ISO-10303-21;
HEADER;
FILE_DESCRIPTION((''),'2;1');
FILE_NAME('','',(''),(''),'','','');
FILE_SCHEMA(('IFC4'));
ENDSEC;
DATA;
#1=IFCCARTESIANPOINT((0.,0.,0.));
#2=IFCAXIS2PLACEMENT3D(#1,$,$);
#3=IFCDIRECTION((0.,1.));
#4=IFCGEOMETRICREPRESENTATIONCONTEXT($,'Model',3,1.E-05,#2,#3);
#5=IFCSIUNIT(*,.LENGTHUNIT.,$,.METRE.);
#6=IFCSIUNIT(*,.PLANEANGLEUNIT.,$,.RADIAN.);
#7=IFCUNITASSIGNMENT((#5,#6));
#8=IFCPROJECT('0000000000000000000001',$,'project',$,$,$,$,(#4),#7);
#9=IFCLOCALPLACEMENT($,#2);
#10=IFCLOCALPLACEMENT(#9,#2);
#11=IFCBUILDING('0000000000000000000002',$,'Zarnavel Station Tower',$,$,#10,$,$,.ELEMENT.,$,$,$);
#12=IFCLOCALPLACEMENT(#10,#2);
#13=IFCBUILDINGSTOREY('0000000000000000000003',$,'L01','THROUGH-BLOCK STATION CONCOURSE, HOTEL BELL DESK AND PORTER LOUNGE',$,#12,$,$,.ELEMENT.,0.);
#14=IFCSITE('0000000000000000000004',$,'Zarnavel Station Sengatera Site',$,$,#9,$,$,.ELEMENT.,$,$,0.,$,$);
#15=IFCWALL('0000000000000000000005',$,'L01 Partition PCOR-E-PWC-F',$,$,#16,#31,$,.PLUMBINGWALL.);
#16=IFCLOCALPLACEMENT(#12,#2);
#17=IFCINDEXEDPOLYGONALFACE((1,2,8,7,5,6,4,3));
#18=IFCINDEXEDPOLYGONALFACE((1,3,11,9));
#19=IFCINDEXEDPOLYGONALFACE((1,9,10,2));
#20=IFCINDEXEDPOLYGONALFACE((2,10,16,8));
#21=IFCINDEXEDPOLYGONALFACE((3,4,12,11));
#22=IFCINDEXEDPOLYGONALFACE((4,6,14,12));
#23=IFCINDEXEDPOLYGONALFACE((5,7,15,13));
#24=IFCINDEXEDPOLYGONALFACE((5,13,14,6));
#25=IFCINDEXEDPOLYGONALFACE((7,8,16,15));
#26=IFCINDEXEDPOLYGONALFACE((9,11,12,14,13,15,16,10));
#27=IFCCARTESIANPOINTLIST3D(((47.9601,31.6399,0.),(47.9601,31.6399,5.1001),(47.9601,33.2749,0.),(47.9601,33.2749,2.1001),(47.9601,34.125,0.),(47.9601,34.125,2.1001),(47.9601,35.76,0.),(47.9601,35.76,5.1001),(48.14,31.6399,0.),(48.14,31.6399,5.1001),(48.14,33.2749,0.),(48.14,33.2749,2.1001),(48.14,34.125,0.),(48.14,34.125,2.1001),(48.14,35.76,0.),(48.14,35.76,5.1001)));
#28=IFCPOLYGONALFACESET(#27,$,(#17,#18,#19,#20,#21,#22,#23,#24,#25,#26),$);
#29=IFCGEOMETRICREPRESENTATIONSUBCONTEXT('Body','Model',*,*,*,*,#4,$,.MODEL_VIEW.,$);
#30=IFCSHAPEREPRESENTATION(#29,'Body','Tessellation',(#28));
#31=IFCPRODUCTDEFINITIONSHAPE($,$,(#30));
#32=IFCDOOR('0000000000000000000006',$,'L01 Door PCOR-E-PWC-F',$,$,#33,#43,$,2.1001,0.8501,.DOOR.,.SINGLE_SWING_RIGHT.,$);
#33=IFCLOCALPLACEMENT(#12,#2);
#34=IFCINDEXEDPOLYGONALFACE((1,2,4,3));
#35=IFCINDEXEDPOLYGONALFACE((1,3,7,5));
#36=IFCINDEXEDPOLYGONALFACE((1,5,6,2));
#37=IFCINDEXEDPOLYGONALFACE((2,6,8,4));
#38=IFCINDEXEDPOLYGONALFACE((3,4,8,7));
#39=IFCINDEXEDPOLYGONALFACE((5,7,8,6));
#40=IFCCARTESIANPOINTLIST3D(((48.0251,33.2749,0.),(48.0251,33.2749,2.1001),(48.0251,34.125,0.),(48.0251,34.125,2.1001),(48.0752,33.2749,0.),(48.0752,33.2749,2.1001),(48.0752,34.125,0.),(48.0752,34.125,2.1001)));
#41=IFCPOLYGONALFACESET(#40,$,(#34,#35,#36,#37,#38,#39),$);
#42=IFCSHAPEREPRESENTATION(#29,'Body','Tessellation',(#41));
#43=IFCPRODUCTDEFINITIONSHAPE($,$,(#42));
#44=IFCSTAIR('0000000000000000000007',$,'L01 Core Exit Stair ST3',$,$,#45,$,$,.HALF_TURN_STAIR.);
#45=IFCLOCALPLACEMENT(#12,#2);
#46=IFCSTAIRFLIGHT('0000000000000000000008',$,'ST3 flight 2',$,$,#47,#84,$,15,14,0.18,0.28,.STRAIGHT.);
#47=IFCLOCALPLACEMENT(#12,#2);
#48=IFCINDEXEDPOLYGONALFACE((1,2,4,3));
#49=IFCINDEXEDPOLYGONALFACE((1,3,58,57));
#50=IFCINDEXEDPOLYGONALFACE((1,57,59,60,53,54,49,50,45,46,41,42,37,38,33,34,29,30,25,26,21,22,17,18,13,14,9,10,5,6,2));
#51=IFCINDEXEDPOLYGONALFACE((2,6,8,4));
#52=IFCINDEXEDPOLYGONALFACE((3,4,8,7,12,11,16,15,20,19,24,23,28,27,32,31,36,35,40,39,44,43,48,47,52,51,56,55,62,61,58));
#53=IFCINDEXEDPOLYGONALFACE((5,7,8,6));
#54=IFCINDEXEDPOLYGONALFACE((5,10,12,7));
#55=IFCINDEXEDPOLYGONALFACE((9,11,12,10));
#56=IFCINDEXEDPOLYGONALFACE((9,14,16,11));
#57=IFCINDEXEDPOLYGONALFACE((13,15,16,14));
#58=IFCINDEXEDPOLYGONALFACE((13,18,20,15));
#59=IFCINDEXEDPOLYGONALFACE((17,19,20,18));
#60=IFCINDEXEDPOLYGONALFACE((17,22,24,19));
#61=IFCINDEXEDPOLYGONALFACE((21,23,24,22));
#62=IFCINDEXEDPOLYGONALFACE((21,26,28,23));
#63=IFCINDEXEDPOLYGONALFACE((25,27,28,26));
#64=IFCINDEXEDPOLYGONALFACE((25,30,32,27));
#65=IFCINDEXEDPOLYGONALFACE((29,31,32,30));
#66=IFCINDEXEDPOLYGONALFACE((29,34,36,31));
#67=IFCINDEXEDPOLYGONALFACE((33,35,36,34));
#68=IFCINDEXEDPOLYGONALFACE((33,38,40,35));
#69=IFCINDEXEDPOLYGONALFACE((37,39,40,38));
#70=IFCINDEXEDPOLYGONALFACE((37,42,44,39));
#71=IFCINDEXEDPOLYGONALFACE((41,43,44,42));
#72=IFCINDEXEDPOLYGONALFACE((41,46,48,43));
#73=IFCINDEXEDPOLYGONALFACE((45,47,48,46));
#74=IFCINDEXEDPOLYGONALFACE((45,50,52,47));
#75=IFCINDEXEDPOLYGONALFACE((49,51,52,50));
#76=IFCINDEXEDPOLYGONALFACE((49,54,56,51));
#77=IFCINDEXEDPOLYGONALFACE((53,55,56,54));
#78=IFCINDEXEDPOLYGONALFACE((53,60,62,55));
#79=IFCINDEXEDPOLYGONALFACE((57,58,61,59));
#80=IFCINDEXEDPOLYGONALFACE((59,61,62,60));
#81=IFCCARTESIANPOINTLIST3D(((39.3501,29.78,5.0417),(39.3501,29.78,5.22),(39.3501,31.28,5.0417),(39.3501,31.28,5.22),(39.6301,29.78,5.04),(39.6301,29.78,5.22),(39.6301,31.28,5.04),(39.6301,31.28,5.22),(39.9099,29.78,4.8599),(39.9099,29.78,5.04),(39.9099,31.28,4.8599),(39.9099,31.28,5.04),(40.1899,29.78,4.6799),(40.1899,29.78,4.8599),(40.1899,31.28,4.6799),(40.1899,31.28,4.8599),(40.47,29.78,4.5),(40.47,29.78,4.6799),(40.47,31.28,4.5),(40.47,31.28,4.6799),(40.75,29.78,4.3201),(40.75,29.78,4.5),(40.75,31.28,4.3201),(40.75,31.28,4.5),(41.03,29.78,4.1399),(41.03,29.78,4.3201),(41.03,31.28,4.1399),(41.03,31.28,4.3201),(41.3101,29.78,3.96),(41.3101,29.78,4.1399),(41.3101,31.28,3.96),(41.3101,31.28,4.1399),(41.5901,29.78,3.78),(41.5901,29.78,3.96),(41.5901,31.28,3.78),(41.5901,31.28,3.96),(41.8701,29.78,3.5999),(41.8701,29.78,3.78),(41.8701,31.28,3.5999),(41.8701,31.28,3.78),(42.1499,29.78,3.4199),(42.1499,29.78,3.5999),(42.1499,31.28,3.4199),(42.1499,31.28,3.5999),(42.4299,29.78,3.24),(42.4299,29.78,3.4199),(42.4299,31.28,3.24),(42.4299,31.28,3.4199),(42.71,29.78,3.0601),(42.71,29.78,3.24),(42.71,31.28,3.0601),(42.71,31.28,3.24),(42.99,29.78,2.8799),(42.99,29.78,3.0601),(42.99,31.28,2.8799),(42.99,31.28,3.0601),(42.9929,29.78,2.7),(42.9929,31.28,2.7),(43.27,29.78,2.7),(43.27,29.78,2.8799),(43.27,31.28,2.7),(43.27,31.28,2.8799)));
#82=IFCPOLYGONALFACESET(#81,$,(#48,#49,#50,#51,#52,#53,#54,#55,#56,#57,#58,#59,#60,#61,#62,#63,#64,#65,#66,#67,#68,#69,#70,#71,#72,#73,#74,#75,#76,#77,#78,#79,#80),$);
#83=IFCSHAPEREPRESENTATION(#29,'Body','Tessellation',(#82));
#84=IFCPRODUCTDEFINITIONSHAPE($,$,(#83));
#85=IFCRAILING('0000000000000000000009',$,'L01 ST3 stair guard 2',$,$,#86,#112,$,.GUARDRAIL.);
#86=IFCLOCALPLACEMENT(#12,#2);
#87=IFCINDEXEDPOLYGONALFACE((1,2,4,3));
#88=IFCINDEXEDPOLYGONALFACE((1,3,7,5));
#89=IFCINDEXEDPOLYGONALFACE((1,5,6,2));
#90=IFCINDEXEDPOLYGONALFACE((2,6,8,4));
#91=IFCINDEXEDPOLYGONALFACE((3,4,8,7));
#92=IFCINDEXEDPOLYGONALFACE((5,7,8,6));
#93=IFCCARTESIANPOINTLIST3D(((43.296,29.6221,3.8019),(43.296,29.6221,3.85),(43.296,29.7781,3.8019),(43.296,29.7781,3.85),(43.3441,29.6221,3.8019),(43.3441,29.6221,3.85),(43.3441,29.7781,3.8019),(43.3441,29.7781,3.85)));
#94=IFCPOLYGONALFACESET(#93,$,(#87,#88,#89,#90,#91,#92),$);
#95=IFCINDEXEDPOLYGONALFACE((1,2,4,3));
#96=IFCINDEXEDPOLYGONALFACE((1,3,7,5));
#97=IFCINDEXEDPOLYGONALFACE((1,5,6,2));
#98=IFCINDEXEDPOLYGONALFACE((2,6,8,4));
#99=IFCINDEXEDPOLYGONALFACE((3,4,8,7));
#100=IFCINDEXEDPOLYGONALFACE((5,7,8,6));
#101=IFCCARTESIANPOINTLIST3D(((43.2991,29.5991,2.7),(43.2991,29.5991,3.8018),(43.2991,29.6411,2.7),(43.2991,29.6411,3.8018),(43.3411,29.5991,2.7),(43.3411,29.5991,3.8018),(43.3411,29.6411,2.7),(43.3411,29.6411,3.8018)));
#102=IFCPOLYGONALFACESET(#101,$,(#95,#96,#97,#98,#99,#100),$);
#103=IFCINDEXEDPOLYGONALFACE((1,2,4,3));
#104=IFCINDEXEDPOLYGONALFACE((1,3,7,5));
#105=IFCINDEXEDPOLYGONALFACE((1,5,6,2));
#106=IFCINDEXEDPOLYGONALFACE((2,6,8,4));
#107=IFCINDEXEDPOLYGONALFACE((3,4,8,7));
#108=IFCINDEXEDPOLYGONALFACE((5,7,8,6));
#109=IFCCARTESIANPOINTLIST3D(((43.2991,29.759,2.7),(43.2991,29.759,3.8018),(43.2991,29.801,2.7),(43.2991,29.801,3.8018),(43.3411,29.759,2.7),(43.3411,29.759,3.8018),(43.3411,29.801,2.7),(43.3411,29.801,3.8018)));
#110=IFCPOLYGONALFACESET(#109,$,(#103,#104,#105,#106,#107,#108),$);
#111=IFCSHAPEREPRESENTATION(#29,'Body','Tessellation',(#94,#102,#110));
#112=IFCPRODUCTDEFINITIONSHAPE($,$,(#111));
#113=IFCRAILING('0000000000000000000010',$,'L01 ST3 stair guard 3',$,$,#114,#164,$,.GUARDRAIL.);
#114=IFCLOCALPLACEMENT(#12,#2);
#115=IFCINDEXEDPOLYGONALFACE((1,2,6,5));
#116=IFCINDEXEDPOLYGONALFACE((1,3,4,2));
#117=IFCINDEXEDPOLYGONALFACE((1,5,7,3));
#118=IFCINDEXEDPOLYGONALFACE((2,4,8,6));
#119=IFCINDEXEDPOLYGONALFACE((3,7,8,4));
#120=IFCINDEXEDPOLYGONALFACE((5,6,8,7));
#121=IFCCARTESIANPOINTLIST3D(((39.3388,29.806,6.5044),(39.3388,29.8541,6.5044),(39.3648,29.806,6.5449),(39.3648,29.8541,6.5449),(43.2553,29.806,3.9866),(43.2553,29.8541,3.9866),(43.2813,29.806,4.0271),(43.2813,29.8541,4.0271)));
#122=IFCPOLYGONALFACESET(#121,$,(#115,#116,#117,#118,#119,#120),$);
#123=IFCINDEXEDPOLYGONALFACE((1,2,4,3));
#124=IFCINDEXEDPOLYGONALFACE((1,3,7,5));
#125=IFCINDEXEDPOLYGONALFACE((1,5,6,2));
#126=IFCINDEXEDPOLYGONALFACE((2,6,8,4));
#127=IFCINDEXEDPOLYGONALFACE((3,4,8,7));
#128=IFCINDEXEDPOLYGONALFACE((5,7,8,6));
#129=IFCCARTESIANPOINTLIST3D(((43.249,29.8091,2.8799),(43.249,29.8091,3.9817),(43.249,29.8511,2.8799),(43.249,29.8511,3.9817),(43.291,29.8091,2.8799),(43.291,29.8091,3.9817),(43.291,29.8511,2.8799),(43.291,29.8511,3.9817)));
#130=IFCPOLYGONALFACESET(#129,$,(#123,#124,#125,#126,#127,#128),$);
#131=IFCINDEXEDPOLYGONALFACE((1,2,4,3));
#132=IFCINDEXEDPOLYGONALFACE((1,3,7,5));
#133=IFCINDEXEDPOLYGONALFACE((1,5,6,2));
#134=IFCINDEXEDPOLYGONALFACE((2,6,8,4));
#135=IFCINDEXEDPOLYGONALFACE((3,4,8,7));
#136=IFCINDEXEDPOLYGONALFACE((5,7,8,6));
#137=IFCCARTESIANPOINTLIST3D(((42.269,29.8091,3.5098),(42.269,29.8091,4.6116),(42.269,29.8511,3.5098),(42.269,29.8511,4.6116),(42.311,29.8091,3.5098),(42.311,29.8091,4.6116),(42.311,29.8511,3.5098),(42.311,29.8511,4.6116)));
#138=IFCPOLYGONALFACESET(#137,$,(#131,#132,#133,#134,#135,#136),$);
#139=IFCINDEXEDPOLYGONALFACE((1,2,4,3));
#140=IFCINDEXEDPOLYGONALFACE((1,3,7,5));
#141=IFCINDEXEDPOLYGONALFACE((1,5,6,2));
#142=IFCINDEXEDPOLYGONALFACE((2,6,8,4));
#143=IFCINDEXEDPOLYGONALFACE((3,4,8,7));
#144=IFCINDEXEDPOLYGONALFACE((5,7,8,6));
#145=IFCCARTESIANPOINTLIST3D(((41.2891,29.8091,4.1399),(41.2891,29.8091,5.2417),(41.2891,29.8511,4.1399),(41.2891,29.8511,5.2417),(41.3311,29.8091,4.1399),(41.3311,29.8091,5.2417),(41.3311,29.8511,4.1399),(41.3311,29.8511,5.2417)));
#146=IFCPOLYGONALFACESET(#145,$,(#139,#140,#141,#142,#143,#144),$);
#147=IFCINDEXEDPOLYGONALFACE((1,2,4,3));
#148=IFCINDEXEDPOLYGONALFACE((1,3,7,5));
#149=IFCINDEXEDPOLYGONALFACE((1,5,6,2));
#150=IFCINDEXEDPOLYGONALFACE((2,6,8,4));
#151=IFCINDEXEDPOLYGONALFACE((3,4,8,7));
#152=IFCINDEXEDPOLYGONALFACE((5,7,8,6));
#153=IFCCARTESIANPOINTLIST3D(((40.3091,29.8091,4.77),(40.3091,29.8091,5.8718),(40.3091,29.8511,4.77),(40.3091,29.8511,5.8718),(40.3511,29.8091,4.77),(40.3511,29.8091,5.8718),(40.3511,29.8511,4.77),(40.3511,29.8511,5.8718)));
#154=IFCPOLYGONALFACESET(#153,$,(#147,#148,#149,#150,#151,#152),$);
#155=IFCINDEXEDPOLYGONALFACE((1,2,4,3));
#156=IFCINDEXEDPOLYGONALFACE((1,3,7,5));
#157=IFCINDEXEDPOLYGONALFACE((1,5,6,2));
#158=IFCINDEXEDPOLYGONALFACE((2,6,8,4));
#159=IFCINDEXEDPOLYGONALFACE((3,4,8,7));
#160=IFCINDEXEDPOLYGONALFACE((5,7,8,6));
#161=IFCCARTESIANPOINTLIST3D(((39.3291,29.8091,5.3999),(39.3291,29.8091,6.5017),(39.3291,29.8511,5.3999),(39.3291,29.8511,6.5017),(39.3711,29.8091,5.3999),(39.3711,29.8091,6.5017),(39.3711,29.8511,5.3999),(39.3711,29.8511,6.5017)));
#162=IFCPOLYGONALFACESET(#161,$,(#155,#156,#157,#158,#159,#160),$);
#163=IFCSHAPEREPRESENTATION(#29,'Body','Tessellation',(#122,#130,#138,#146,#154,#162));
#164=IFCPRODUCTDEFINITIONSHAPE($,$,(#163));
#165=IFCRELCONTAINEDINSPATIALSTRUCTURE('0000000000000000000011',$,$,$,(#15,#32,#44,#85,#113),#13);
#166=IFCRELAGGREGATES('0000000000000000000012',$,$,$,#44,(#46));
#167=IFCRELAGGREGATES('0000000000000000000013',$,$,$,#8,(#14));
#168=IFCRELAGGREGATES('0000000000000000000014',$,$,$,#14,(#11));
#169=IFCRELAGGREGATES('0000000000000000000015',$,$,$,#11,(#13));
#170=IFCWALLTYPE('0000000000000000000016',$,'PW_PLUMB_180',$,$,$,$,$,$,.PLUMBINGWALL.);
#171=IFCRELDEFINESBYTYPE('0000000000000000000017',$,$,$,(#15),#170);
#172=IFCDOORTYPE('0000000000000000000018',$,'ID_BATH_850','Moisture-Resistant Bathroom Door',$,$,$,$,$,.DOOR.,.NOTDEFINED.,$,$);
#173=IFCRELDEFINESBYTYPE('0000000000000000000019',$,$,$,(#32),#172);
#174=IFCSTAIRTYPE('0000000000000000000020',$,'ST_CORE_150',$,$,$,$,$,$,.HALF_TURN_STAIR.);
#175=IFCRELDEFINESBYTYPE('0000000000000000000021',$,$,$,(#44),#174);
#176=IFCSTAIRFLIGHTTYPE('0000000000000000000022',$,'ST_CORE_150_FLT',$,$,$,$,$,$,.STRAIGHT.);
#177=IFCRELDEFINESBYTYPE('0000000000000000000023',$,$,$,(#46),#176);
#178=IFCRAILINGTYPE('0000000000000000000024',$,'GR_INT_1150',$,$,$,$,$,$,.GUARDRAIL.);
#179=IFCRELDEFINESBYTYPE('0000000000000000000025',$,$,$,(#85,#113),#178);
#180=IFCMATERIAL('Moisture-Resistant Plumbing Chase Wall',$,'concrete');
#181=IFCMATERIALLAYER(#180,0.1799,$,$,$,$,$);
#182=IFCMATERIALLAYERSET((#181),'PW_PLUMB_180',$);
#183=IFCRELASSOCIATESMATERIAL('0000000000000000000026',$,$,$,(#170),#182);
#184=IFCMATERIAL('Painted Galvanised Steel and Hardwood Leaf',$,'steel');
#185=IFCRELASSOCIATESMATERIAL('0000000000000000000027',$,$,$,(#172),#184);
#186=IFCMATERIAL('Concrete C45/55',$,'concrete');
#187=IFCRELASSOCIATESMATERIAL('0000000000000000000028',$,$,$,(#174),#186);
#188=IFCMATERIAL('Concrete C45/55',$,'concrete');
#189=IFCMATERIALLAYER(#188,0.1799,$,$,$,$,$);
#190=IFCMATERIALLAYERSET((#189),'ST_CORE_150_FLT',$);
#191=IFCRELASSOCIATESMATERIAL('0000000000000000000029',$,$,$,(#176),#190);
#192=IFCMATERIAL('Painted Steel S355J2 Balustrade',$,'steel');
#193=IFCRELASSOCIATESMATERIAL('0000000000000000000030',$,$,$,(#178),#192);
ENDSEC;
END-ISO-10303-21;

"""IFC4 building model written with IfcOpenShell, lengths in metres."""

from ifc_helpers import new_model, si_unit, direction, frame, frame_2d, origin, origin_2d, place, context, subcontext, project, spatial, polyline, rectangle, outline, extrude, material, layer, layer_set, type_object, element, fill, aggregate, save


model = new_model("IFC4")

# Units and contexts
model_context = context("Model", 3, precision=1e-05, world=origin(), true_north=direction((0.0, 1.0)))
body_context = subcontext(model_context, "Body", "Model", "MODEL_VIEW")
ifc_project = project(units=[si_unit("LENGTHUNIT", "METRE"), si_unit("PLANEANGLEUNIT", "RADIAN")], contexts=[model_context])

# Site, building, storey
site_placement = place(None, origin())
site = spatial("IfcSite", under=ifc_project, at=site_placement, Name="Zarnavel Station Sengatera Site", CompositionType="ELEMENT", RefElevation=0.0)
building_placement = place(site_placement, origin())
building = spatial("IfcBuilding", under=site, at=building_placement, Name="Zarnavel Station Tower", CompositionType="ELEMENT")
storey_placement = place(building_placement, origin())
storey = spatial("IfcBuildingStorey", under=building, at=storey_placement, Name="L01", Description="THROUGH-BLOCK STATION CONCOURSE, HOTEL BELL DESK AND PORTER LOUNGE", CompositionType="ELEMENT", Elevation=0.0)

# Wall, opening, door
ifc_material_1 = material(Name="Moisture-Resistant Plumbing Chase Wall", Category="concrete")
ifc_layer_1 = layer(ifc_material_1, 0.1799)
ifc_layer_set_1 = layer_set([ifc_layer_1], Name="PW_PLUMB_180")
wall_type_1 = type_object("IfcWallType", Name="PW_PLUMB_180", PredefinedType="PLUMBINGWALL", material=ifc_layer_set_1)
ifc_material_2 = material(Name="Painted Galvanised Steel and Hardwood Leaf", Category="steel")
door_type_1 = type_object("IfcDoorType", Name="ID_BATH_850", Description="Moisture-Resistant Bathroom Door", OperationType="NOTDEFINED", PredefinedType="DOOR", material=ifc_material_2)
wall_1_placement = place(storey_placement, frame((48.05, 31.6399, 0.0), z_axis=(0.0, 0.0, 1.0), x_axis=(0.0, 1.0, 0.0)))
wall_1 = element("IfcWall", 1, at=wall_1_placement, inside=storey, type_object=wall_type_1, Name="L01 Partition PCOR-E-PWC-F", PredefinedType="PLUMBINGWALL", context=body_context, shape_type="SweptSolid", body=[
    extrude(rectangle(XDim=4.1201, YDim=0.1799, at=frame_2d((2.0601, 0.0))), origin(), (0.0, 0.0, 1.0), 5.1001),
])
opening_1_placement = place(wall_1_placement, frame((1.635, 0.0, 0.0)))
opening_1 = element("IfcOpeningElement", 2, at=opening_1_placement, cuts=wall_1, PredefinedType="OPENING", context=body_context, shape_type="SweptSolid", body=[
    extrude(rectangle(XDim=0.8501, YDim=2.1001, at=frame_2d((0.425, 1.05))), frame((0.0, 0.0999, 0.0), z_axis=(0.0, -1.0, 0.0), x_axis=(1.0, 0.0, 0.0)), (0.0, 0.0, 1.0), 0.2),
])
door_1_placement = place(opening_1_placement, origin())
door_1 = element("IfcDoor", 3, at=door_1_placement, inside=storey, type_object=door_type_1, Name="L01 Door PCOR-E-PWC-F", OperationType="SINGLE_SWING_RIGHT", OverallHeight=2.1001, OverallWidth=0.8501, PredefinedType="DOOR", context=body_context, shape_type="SweptSolid", body=[
    extrude(rectangle(XDim=0.8501, YDim=2.1001, at=frame_2d((0.425, 1.05))), frame((0.0, 0.0249, 0.0), z_axis=(0.0, -1.0, 0.0), x_axis=(1.0, 0.0, 0.0)), (0.0, 0.0, 1.0), 0.05),
])
fill(opening_1, door_1)

# Stair, stair flight
ifc_material_3 = material(Name="Concrete C45/55", Category="concrete")
stair_type = type_object("IfcStairType", Name="ST_CORE_150", PredefinedType="HALF_TURN_STAIR", material=ifc_material_3)
stair_placement = place(storey_placement, origin())
stair = element("IfcStair", 4, at=stair_placement, inside=storey, type_object=stair_type, Name="L01 Core Exit Stair ST3", PredefinedType="HALF_TURN_STAIR")
ifc_material_4 = material(Name="Concrete C45/55", Category="concrete")
ifc_layer_2 = layer(ifc_material_4, 0.1799)
ifc_layer_set_2 = layer_set([ifc_layer_2], Name="ST_CORE_150_FLT")
stair_flight_type = type_object("IfcStairFlightType", Name="ST_CORE_150_FLT", PredefinedType="STRAIGHT", material=ifc_layer_set_2)
stair_flight_placement = place(storey_placement, frame((43.27, 30.53, 2.7), z_axis=(0.0, 0.0, 1.0), x_axis=(-1.0, 0.0, 0.0)))
stair_flight = element("IfcStairFlight", 5, at=stair_flight_placement, type_object=stair_flight_type, Name="ST3 flight 2", NumberOfRisers=15, NumberOfTreads=14, PredefinedType="STRAIGHT", RiserHeight=0.18, TreadLength=0.28, context=body_context, shape_type="SweptSolid", body=[
    extrude(outline(polyline([(0.0, 0.0), (0.0, 0.1799), (0.28, 0.1799), (0.28, 0.3601), (0.5601, 0.3601), (0.5601, 0.54), (0.8401, 0.54), (0.8401, 0.72), (1.1201, 0.72), (1.1201, 0.8999), (1.3999, 0.8999), (1.3999, 1.0801), (1.6799, 1.0801), (1.6799, 1.26), (1.96, 1.26), (1.96, 1.4399), (2.24, 1.4399), (2.24, 1.6201), (2.52, 1.6201), (2.52, 1.8), (2.8, 1.8), (2.8, 1.98), (3.0801, 1.98), (3.0801, 2.1599), (3.3601, 2.1599), (3.3601, 2.3401), (3.6399, 2.3401), (3.6399, 2.52), (3.9199, 2.52), (3.9199, 2.7), (3.9199, 2.3418), (0.2771, 0.0), (0.0, 0.0)])), frame((0.0, 0.75, 0.0), z_axis=(0.0, -1.0, 0.0), x_axis=(1.0, 0.0, 0.0)), (0.0, 0.0, 1.0), 1.5),
])
aggregate(stair, [stair_flight])

# Railings
ifc_material_5 = material(Name="Painted Steel S355J2 Balustrade", Category="steel")
railing_type_1 = type_object("IfcRailingType", Name="GR_INT_1150", PredefinedType="GUARDRAIL", material=ifc_material_5)
railing_1_placement = place(storey_placement, frame((43.3201, 29.6201, 2.7)))
element("IfcRailing", 6, at=railing_1_placement, inside=storey, type_object=railing_type_1, Name="L01 ST3 stair guard 2", PredefinedType="GUARDRAIL", context=body_context, shape_type="SweptSolid", body=[
    extrude(rectangle(XDim=0.0481, YDim=0.0481, at=origin_2d()), frame((0.0, 0.002, 1.126), z_axis=(0.0, 1.0, 0.0), x_axis=(-1.0, 0.0, 0.0)), (0.0, 0.0, 1.0), 0.156),
    extrude(rectangle(XDim=0.042, YDim=0.042, at=origin_2d()), origin(), (0.0, 0.0, 1.0), 1.1018),
    extrude(rectangle(XDim=0.042, YDim=0.042, at=origin_2d()), frame((0.0, 0.1599, 0.0)), (0.0, 0.0, 1.0), 1.1018),
])
railing_2_placement = place(storey_placement, frame((43.27, 29.8301, 2.8799)))
element("IfcRailing", 7, at=railing_2_placement, inside=storey, type_object=railing_type_1, Name="L01 ST3 stair guard 3", PredefinedType="GUARDRAIL", context=body_context, shape_type="SweptSolid", body=[
    extrude(rectangle(XDim=0.0481, YDim=0.0481, at=origin_2d()), frame((-0.0017, 0.0, 1.127), z_axis=(-0.841172, 0.0, 0.540768), x_axis=(0.0, -1.0, 0.0)), (0.0, 0.0, 1.0), 4.656),
    extrude(rectangle(XDim=0.042, YDim=0.042, at=origin_2d()), origin(), (0.0, 0.0, 1.0), 1.1018),
    extrude(rectangle(XDim=0.042, YDim=0.042, at=origin_2d()), frame((-0.98, 0.0, 0.6299)), (0.0, 0.0, 1.0), 1.1018),
    extrude(rectangle(XDim=0.042, YDim=0.042, at=origin_2d()), frame((-1.96, 0.0, 1.26)), (0.0, 0.0, 1.0), 1.1018),
    extrude(rectangle(XDim=0.042, YDim=0.042, at=origin_2d()), frame((-2.9399, 0.0, 1.8901)), (0.0, 0.0, 1.0), 1.1018),
    extrude(rectangle(XDim=0.042, YDim=0.042, at=origin_2d()), frame((-3.9199, 0.0, 2.52)), (0.0, 0.0, 1.0), 1.1018),
])

save(model, "model.ifc")
